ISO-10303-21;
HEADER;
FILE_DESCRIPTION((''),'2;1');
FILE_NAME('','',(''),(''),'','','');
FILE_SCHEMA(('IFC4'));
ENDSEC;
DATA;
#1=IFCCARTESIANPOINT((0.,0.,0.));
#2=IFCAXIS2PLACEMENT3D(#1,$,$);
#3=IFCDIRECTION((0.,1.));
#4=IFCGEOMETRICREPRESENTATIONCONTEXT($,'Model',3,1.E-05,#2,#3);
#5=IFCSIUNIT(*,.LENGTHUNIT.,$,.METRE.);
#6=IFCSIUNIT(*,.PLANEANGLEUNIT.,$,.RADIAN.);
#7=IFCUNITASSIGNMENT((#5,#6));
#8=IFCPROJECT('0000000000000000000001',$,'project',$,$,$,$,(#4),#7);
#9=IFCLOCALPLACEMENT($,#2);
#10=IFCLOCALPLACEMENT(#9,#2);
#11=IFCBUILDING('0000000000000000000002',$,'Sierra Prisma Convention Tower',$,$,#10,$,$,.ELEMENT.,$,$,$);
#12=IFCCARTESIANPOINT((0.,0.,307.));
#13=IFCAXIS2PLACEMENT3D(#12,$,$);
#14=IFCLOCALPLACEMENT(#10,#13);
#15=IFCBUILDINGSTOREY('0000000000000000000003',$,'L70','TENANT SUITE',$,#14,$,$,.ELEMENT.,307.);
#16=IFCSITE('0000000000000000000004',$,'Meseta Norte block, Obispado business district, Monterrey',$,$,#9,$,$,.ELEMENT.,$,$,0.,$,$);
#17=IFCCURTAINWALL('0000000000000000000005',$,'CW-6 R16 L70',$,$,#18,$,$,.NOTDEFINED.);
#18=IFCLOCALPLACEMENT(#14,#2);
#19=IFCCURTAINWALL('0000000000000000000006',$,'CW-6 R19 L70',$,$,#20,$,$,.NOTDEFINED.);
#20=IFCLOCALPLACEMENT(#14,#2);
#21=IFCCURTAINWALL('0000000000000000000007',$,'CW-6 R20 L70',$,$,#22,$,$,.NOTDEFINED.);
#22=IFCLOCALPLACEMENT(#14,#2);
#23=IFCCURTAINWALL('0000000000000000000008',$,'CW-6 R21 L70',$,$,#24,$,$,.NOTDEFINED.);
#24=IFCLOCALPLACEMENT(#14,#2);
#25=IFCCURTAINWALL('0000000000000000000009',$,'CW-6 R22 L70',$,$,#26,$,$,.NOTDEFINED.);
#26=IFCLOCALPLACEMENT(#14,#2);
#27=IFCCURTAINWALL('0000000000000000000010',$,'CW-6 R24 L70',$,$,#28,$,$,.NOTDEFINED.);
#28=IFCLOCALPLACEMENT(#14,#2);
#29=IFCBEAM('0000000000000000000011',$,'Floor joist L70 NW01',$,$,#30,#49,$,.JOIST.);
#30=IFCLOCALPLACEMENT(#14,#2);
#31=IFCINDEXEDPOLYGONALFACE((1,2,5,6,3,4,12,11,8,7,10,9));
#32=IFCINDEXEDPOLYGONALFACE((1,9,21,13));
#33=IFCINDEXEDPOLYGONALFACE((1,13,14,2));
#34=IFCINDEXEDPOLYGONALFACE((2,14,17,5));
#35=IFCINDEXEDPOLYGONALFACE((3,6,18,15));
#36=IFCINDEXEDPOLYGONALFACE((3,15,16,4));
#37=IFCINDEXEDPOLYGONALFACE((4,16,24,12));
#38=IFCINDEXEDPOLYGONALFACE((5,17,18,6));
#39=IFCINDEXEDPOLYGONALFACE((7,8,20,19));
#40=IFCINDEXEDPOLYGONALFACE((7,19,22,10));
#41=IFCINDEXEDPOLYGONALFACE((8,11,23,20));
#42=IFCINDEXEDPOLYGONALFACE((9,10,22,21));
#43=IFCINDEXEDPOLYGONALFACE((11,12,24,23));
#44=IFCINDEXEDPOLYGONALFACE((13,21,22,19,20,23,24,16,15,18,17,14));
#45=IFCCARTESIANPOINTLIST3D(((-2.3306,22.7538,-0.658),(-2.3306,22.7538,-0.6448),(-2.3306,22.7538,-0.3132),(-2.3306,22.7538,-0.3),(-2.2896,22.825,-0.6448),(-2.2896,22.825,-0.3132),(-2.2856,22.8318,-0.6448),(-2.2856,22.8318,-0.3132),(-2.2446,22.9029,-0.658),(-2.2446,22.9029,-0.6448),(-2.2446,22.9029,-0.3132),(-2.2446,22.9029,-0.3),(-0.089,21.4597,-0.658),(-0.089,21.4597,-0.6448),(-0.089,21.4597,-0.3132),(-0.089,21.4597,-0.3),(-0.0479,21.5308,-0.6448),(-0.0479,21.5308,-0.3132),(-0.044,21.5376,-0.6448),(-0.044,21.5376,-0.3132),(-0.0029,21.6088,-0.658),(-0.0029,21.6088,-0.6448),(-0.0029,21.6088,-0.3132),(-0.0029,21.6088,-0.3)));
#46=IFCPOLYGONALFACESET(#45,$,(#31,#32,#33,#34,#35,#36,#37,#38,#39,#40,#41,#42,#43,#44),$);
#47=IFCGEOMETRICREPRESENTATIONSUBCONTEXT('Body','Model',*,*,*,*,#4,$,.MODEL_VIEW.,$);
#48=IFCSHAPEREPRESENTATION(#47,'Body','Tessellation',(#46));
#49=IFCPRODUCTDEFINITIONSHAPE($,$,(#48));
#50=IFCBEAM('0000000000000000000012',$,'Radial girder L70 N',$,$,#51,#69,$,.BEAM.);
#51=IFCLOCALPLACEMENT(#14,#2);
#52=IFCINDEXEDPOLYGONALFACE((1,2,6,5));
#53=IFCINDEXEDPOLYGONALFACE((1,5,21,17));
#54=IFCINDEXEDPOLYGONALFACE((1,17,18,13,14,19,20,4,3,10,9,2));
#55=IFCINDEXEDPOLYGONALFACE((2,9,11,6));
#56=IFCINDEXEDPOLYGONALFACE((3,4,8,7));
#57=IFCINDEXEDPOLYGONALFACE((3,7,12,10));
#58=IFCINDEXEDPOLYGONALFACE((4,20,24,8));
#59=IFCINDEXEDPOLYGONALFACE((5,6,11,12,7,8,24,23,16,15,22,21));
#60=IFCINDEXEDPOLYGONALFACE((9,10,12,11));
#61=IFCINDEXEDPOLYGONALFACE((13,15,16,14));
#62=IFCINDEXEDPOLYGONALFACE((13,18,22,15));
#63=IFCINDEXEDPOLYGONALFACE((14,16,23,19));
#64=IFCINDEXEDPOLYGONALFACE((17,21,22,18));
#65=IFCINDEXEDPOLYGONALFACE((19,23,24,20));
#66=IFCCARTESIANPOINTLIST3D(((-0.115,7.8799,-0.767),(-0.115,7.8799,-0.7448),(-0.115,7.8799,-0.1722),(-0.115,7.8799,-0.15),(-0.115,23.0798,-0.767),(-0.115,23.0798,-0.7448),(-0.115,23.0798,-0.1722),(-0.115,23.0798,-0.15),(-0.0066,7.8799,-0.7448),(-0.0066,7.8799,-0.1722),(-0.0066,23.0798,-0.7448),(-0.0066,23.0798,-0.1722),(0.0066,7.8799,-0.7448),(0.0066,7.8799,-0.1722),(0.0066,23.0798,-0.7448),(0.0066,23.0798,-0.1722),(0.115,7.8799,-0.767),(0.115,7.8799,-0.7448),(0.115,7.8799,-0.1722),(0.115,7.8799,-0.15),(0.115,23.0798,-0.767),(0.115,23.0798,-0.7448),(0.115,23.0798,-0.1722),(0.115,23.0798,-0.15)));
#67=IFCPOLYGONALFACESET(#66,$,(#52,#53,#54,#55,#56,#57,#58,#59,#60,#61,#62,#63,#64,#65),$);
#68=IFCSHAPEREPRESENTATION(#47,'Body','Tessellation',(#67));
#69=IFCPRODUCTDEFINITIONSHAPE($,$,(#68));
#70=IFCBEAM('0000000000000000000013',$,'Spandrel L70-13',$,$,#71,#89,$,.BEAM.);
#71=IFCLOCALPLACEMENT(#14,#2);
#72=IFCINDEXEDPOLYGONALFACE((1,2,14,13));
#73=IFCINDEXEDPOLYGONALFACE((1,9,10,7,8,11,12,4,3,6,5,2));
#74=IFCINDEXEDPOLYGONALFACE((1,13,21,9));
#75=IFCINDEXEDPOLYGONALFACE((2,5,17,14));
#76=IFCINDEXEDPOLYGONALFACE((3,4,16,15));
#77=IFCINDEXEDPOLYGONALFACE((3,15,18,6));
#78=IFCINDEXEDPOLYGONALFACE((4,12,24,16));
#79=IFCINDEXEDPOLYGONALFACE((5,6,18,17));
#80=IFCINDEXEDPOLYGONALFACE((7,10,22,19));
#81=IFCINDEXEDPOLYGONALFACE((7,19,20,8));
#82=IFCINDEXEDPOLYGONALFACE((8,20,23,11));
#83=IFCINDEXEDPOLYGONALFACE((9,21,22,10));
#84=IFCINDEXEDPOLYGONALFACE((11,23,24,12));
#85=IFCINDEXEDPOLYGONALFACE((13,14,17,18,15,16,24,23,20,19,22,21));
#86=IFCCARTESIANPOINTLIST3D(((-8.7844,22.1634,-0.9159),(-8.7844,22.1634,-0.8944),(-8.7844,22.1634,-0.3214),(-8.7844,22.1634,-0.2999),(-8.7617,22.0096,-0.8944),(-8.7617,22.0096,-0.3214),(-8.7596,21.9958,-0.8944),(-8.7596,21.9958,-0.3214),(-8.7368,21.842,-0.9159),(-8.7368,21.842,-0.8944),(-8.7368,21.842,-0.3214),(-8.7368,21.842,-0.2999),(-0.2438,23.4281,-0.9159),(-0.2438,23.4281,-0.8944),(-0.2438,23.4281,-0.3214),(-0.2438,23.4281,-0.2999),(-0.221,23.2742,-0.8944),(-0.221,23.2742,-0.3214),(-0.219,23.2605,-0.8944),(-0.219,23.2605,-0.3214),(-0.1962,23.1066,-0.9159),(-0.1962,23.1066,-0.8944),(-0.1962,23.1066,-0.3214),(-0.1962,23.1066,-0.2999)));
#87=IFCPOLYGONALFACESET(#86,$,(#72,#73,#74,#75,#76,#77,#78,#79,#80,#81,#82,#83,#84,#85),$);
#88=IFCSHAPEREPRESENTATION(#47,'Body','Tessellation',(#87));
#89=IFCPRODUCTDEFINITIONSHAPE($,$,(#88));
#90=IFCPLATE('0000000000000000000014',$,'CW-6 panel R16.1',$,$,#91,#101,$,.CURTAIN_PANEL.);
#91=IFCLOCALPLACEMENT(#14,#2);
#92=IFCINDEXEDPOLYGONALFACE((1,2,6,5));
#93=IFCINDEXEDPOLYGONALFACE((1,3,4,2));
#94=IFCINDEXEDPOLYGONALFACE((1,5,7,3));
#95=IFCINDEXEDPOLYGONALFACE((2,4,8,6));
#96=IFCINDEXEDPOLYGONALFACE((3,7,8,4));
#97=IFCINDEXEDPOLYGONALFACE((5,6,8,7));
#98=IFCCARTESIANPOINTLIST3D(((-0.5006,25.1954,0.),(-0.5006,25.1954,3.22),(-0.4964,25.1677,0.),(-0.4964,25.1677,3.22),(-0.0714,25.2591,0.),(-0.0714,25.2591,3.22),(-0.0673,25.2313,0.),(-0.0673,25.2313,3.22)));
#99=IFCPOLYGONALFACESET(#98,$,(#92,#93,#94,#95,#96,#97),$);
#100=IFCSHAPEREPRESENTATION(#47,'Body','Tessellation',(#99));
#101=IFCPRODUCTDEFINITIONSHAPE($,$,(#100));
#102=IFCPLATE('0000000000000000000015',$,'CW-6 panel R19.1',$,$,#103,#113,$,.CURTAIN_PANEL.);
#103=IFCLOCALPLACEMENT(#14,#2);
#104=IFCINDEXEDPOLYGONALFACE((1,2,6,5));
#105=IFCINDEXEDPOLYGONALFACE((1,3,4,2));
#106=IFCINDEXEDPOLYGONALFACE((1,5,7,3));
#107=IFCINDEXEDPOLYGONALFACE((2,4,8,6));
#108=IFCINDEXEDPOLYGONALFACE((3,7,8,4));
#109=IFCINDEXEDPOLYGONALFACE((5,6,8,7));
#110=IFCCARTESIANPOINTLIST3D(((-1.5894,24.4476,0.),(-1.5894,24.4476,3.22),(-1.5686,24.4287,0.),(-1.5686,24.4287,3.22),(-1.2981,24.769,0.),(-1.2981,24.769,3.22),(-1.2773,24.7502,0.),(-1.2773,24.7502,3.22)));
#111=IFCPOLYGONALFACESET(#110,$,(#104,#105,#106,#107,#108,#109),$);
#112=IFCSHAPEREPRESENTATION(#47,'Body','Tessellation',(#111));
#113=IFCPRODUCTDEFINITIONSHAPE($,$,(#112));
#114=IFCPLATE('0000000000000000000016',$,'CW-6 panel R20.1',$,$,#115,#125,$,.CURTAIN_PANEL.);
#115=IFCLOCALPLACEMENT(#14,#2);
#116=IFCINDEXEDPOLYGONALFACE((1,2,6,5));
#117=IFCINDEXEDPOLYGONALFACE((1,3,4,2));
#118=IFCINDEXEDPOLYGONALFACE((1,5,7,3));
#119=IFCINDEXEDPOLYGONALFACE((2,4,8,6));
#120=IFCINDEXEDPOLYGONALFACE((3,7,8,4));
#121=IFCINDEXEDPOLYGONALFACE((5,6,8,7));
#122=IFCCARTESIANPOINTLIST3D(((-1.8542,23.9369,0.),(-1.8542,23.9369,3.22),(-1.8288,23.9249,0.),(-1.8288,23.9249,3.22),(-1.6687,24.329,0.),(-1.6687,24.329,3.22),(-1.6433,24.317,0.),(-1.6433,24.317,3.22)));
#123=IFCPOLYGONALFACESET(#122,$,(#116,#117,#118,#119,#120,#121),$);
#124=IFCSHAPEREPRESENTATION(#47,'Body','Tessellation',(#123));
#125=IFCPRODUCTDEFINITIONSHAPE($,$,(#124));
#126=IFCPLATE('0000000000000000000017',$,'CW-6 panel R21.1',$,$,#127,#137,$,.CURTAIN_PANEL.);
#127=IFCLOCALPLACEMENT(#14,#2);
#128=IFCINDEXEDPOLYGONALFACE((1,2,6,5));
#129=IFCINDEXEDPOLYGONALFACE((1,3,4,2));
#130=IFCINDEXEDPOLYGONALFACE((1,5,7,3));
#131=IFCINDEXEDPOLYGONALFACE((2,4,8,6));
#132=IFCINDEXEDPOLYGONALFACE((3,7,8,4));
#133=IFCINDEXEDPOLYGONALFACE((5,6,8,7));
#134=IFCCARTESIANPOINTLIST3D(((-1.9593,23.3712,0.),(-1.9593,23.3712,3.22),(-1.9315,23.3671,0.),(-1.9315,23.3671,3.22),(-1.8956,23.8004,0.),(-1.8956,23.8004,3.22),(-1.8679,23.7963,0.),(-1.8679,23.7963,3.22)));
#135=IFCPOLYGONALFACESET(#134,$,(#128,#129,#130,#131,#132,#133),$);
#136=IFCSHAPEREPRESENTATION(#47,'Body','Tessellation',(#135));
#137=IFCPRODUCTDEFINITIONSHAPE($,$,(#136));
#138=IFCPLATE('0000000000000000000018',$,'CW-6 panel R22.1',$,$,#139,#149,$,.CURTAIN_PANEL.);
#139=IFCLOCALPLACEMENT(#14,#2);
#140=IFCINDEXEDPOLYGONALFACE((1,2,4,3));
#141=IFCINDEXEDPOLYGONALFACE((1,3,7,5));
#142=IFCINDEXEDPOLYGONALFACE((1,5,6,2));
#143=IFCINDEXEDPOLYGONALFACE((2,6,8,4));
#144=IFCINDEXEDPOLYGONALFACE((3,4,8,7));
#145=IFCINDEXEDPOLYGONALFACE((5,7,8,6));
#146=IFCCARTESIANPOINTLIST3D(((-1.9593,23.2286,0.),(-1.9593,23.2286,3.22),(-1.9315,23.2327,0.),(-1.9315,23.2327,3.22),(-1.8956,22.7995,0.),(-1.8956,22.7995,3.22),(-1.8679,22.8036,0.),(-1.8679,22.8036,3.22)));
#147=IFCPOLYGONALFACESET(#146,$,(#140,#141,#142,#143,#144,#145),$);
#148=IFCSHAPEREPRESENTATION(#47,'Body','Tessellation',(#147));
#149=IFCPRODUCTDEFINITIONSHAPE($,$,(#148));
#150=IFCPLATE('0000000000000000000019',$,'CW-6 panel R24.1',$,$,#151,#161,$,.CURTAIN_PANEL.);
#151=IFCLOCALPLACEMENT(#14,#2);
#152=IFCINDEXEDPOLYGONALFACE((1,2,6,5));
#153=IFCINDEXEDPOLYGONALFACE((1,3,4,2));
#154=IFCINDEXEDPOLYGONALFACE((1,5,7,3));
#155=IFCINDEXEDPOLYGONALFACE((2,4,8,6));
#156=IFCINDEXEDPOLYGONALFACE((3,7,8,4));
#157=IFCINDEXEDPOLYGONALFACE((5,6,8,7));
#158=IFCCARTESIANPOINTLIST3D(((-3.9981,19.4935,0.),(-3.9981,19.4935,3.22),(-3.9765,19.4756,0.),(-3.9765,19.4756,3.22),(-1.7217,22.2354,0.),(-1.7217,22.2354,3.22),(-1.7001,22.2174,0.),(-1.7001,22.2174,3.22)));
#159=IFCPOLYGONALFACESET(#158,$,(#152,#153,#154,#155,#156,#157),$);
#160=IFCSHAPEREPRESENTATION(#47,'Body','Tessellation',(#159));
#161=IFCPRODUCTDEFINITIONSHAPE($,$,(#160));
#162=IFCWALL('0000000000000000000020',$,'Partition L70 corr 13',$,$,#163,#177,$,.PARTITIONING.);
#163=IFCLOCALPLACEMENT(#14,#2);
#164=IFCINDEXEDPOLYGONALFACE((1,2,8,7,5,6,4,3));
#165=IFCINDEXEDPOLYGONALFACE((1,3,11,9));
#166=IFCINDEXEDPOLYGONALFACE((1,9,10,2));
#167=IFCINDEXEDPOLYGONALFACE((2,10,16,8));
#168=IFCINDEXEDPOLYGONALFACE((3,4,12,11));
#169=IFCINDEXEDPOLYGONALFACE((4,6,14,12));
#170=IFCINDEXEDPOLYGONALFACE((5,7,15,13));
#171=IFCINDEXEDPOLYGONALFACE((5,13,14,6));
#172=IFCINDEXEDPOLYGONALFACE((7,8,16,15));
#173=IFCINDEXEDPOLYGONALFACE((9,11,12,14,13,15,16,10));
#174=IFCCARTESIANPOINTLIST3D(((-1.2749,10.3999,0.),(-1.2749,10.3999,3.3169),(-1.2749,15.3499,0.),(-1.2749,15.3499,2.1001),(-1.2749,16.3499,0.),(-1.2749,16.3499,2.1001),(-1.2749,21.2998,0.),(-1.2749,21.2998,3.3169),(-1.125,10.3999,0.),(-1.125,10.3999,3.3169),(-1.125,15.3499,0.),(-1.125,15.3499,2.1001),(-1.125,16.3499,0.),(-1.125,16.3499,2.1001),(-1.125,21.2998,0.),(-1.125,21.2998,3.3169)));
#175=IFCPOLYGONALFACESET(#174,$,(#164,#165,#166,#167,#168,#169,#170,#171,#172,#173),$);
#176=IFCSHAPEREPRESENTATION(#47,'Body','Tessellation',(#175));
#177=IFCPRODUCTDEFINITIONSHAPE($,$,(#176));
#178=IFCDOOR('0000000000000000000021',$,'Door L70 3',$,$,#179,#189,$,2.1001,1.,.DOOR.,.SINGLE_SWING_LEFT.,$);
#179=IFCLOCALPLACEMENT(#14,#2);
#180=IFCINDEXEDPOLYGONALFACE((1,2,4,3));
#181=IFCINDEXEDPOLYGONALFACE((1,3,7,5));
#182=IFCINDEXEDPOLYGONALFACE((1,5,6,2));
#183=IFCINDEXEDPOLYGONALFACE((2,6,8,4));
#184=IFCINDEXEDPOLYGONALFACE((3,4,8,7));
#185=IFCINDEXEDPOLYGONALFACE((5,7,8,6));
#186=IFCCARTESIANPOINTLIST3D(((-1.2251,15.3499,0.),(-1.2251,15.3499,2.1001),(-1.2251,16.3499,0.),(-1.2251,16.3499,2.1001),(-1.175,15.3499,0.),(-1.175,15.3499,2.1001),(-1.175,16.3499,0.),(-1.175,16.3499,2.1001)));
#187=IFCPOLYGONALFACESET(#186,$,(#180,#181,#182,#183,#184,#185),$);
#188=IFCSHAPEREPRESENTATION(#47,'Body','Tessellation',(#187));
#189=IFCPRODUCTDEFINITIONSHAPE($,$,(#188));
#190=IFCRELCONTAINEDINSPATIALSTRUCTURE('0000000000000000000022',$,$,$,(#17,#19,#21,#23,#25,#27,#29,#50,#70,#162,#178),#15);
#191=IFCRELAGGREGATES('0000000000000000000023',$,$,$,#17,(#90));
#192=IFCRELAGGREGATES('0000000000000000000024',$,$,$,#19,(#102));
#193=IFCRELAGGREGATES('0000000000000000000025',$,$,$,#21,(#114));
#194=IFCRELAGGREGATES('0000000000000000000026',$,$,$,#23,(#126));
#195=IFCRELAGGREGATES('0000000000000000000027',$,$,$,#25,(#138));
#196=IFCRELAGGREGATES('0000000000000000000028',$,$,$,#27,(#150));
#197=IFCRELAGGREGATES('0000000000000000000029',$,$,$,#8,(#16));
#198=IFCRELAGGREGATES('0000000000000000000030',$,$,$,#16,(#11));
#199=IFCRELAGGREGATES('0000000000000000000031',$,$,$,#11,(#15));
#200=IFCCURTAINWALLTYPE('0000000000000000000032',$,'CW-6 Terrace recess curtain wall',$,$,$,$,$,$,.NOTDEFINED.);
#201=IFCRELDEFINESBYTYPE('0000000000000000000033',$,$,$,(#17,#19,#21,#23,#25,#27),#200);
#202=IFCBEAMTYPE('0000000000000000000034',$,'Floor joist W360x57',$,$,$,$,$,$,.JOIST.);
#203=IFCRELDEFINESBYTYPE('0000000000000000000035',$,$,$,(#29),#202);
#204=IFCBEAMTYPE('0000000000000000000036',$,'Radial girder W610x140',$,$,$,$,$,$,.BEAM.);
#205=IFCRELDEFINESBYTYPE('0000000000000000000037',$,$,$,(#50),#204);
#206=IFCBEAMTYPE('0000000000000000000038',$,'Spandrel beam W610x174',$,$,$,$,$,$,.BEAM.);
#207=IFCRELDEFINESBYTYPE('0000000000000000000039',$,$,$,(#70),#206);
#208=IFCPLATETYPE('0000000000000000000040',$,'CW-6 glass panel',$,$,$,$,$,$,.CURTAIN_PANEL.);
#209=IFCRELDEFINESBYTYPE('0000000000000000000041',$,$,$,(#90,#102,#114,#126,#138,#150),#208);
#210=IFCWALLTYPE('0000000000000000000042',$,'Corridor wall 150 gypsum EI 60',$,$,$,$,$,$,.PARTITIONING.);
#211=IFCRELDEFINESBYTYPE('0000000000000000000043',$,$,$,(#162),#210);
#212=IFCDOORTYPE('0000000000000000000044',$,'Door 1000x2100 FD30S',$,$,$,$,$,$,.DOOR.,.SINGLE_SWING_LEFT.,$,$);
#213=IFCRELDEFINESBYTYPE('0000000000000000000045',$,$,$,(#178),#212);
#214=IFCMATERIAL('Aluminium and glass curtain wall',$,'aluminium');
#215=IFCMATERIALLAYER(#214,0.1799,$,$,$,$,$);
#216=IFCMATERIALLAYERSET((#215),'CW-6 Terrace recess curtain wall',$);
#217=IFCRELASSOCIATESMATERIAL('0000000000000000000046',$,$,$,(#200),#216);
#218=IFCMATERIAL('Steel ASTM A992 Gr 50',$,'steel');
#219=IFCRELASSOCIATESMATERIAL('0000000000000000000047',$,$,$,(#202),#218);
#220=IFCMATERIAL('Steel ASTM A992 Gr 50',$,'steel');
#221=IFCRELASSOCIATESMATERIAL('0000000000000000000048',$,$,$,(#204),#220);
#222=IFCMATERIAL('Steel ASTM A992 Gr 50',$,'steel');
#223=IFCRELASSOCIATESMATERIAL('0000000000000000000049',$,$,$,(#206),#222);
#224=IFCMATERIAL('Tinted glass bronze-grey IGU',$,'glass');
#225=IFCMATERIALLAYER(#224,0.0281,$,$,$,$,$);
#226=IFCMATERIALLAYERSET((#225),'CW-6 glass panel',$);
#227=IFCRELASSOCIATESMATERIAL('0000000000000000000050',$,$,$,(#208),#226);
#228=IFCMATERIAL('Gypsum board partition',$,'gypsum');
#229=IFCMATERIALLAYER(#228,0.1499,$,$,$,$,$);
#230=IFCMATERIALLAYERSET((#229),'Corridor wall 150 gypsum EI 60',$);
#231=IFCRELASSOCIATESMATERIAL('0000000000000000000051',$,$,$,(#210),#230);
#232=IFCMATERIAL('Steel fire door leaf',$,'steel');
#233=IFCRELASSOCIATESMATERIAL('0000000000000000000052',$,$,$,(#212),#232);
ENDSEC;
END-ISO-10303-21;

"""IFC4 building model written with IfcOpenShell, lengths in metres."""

from ifc_helpers import new_model, si_unit, direction, frame, frame_2d, origin, origin_2d, place, context, subcontext, project, spatial, rectangle, i_section, extrude, material, layer, layer_set, material_profile, profile_set, type_object, element, fill, aggregate, save


model = new_model("IFC4")

# Units and contexts
model_context = context("Model", 3, precision=1e-05, world=origin(), true_north=direction((0.0, 1.0)))
body_context = subcontext(model_context, "Body", "Model", "MODEL_VIEW")
ifc_project = project(units=[si_unit("LENGTHUNIT", "METRE"), si_unit("PLANEANGLEUNIT", "RADIAN")], contexts=[model_context])

# Site, building, storey
site_placement = place(None, origin())
site = spatial("IfcSite", under=ifc_project, at=site_placement, Name="Meseta Norte block, Obispado business district, Monterrey", CompositionType="ELEMENT", RefElevation=0.0)
building_placement = place(site_placement, origin())
building = spatial("IfcBuilding", under=site, at=building_placement, Name="Sierra Prisma Convention Tower", CompositionType="ELEMENT")
storey_placement = place(building_placement, frame((0.0, 0.0, 307.0)))
storey = spatial("IfcBuildingStorey", under=building, at=storey_placement, Name="L70", Description="TENANT SUITE", CompositionType="ELEMENT", Elevation=307.0)

# Curtain walls
ifc_material_1 = material(Name="Aluminium and glass curtain wall", Category="aluminium")
ifc_layer_1 = layer(ifc_material_1, 0.1799)
ifc_layer_set_1 = layer_set([ifc_layer_1], Name="CW-6 Terrace recess curtain wall")
curtain_wall_type = type_object("IfcCurtainWallType", Name="CW-6 Terrace recess curtain wall", PredefinedType="NOTDEFINED", material=ifc_layer_set_1)
curtain_wall_1_placement = place(storey_placement, origin())
curtain_wall_1 = element("IfcCurtainWall", 1, at=curtain_wall_1_placement, inside=storey, type_object=curtain_wall_type, Name="CW-6 R16 L70", PredefinedType="NOTDEFINED")
curtain_wall_2_placement = place(storey_placement, origin())
curtain_wall_2 = element("IfcCurtainWall", 2, at=curtain_wall_2_placement, inside=storey, type_object=curtain_wall_type, Name="CW-6 R19 L70", PredefinedType="NOTDEFINED")
curtain_wall_3_placement = place(storey_placement, origin())
curtain_wall_3 = element("IfcCurtainWall", 3, at=curtain_wall_3_placement, inside=storey, type_object=curtain_wall_type, Name="CW-6 R20 L70", PredefinedType="NOTDEFINED")
curtain_wall_4_placement = place(storey_placement, origin())
curtain_wall_4 = element("IfcCurtainWall", 4, at=curtain_wall_4_placement, inside=storey, type_object=curtain_wall_type, Name="CW-6 R21 L70", PredefinedType="NOTDEFINED")
curtain_wall_5_placement = place(storey_placement, origin())
curtain_wall_5 = element("IfcCurtainWall", 5, at=curtain_wall_5_placement, inside=storey, type_object=curtain_wall_type, Name="CW-6 R22 L70", PredefinedType="NOTDEFINED")
curtain_wall_6_placement = place(storey_placement, origin())
curtain_wall_6 = element("IfcCurtainWall", 6, at=curtain_wall_6_placement, inside=storey, type_object=curtain_wall_type, Name="CW-6 R24 L70", PredefinedType="NOTDEFINED")

# Beams
ifc_material_2 = material(Name="Steel ASTM A992 Gr 50", Category="steel")
ifc_material_profile_1 = material_profile(ifc_material_2, i_section(OverallWidth=0.1721, OverallDepth=0.3579, WebThickness=0.0078, FlangeThickness=0.0132, at=origin_2d()), Name="W360x57")
ifc_profile_set_1 = profile_set([ifc_material_profile_1], Name="Steel ASTM A992 Gr 50")
beam_type_1 = type_object("IfcBeamType", Name="Floor joist W360x57", PredefinedType="JOIST", material=ifc_profile_set_1)
beam_1_placement = place(storey_placement, frame((-2.2876, 22.8284, -0.479), z_axis=(0.866035, -0.499984, 0.0), x_axis=(0.499984, 0.866035, 0.0)))
element("IfcBeam", 7, at=beam_1_placement, inside=storey, type_object=beam_type_1, Name="Floor joist L70 NW01", PredefinedType="JOIST", context=body_context, shape_type="SweptSolid", body=[
    extrude(i_section(OverallWidth=0.1721, OverallDepth=0.3579, WebThickness=0.0078, FlangeThickness=0.0132, at=origin_2d()), origin(), (0.0, 0.0, 1.0), 2.5884),
])
ifc_material_3 = material(Name="Steel ASTM A992 Gr 50", Category="steel")
ifc_material_profile_2 = material_profile(ifc_material_3, i_section(OverallWidth=0.23, OverallDepth=0.6169, WebThickness=0.0132, FlangeThickness=0.0222, at=origin_2d()), Name="W610x140")
ifc_profile_set_2 = profile_set([ifc_material_profile_2], Name="Steel ASTM A992 Gr 50")
beam_type_2 = type_object("IfcBeamType", Name="Radial girder W610x140", PredefinedType="BEAM", material=ifc_profile_set_2)
beam_2_placement = place(storey_placement, frame((0.0, 23.0798, -0.4585), z_axis=(0.0, -1.0, 0.0), x_axis=(1.0, 0.0, 0.0)))
element("IfcBeam", 8, at=beam_2_placement, inside=storey, type_object=beam_type_2, Name="Radial girder L70 N", PredefinedType="BEAM", context=body_context, shape_type="SweptSolid", body=[
    extrude(i_section(OverallWidth=0.23, OverallDepth=0.6169, WebThickness=0.0132, FlangeThickness=0.0222, at=origin_2d()), origin(), (0.0, 0.0, 1.0), 15.2),
])
ifc_material_4 = material(Name="Steel ASTM A992 Gr 50", Category="steel")
ifc_material_profile_3 = material_profile(ifc_material_4, i_section(OverallWidth=0.325, OverallDepth=0.616, WebThickness=0.0139, FlangeThickness=0.0215, at=origin_2d()), Name="W610x174")
ifc_profile_set_3 = profile_set([ifc_material_profile_3], Name="Steel ASTM A992 Gr 50")
beam_type_3 = type_object("IfcBeamType", Name="Spandrel beam W610x174", PredefinedType="BEAM", material=ifc_profile_set_3)
beam_3_placement = place(storey_placement, frame((-0.22, 23.2673, -0.6079), z_axis=(-0.989214, -0.146475, 0.0), x_axis=(0.146475, -0.989214, 0.0)))
element("IfcBeam", 9, at=beam_3_placement, inside=storey, type_object=beam_type_3, Name="Spandrel L70-13", PredefinedType="BEAM", context=body_context, shape_type="SweptSolid", body=[
    extrude(i_section(OverallWidth=0.325, OverallDepth=0.616, WebThickness=0.0139, FlangeThickness=0.0215, at=origin_2d()), origin(), (0.0, 0.0, 1.0), 8.6338),
])

# Plates
ifc_material_5 = material(Name="Tinted glass bronze-grey IGU", Category="glass")
ifc_layer_2 = layer(ifc_material_5, 0.0281)
ifc_layer_set_2 = layer_set([ifc_layer_2], Name="CW-6 glass panel")
plate_type = type_object("IfcPlateType", Name="CW-6 glass panel", PredefinedType="CURTAIN_PANEL", material=ifc_layer_set_2)
plate_1_placement = place(storey_placement, frame((-0.2839, 25.2134, 0.0), z_axis=(0.0, 0.0, 1.0), x_axis=(-0.989177, -0.14673, 0.0)))
plate_1 = element("IfcPlate", 10, at=plate_1_placement, type_object=plate_type, Name="CW-6 panel R16.1", PredefinedType="CURTAIN_PANEL", context=body_context, shape_type="SweptSolid", body=[
    extrude(rectangle(XDim=0.4338, YDim=0.0281, at=origin_2d()), origin(), (0.0, 0.0, 1.0), 3.22),
])
aggregate(curtain_wall_1, [plate_1])
plate_2_placement = place(storey_placement, frame((-1.4333, 24.5989, 0.0), z_axis=(0.0, 0.0, 1.0), x_axis=(-0.671559, -0.740951, 0.0)))
plate_2 = element("IfcPlate", 11, at=plate_2_placement, type_object=plate_type, Name="CW-6 panel R19.1", PredefinedType="CURTAIN_PANEL", context=body_context, shape_type="SweptSolid", body=[
    extrude(rectangle(XDim=0.4338, YDim=0.0281, at=origin_2d()), origin(), (0.0, 0.0, 1.0), 3.22),
])
aggregate(curtain_wall_2, [plate_2])
plate_3_placement = place(storey_placement, frame((-1.7488, 24.127, 0.0), z_axis=(0.0, 0.0, 1.0), x_axis=(-0.427555, -0.903989, 0.0)))
plate_3 = element("IfcPlate", 12, at=plate_3_placement, type_object=plate_type, Name="CW-6 panel R20.1", PredefinedType="CURTAIN_PANEL", context=body_context, shape_type="SweptSolid", body=[
    extrude(rectangle(XDim=0.4338, YDim=0.0281, at=origin_2d()), origin(), (0.0, 0.0, 1.0), 3.22),
])
aggregate(curtain_wall_3, [plate_3])
plate_4_placement = place(storey_placement, frame((-1.9136, 23.5837, 0.0), z_axis=(0.0, 0.0, 1.0), x_axis=(-0.14673, -0.989177, 0.0)))
plate_4 = element("IfcPlate", 13, at=plate_4_placement, type_object=plate_type, Name="CW-6 panel R21.1", PredefinedType="CURTAIN_PANEL", context=body_context, shape_type="SweptSolid", body=[
    extrude(rectangle(XDim=0.4338, YDim=0.0281, at=origin_2d()), origin(), (0.0, 0.0, 1.0), 3.22),
])
aggregate(curtain_wall_4, [plate_4])
plate_5_placement = place(storey_placement, frame((-1.9136, 23.0161, 0.0), z_axis=(0.0, 0.0, 1.0), x_axis=(0.14673, -0.989177, 0.0)))
plate_5 = element("IfcPlate", 14, at=plate_5_placement, type_object=plate_type, Name="CW-6 panel R22.1", PredefinedType="CURTAIN_PANEL", context=body_context, shape_type="SweptSolid", body=[
    extrude(rectangle(XDim=0.4338, YDim=0.0281, at=origin_2d()), origin(), (0.0, 0.0, 1.0), 3.22),
])
aggregate(curtain_wall_5, [plate_5])
plate_6_placement = place(storey_placement, frame((-2.8491, 20.8555, 0.0), z_axis=(0.0, 0.0, 1.0), x_axis=(-0.638784, -0.769386, 0.0)))
plate_6 = element("IfcPlate", 15, at=plate_6_placement, type_object=plate_type, Name="CW-6 panel R24.1", PredefinedType="CURTAIN_PANEL", context=body_context, shape_type="SweptSolid", body=[
    extrude(rectangle(XDim=3.5637, YDim=0.0281, at=origin_2d()), origin(), (0.0, 0.0, 1.0), 3.22),
])
aggregate(curtain_wall_6, [plate_6])

# Wall, opening, door
ifc_material_6 = material(Name="Gypsum board partition", Category="gypsum")
ifc_layer_3 = layer(ifc_material_6, 0.1499)
ifc_layer_set_3 = layer_set([ifc_layer_3], Name="Corridor wall 150 gypsum EI 60")
wall_type = type_object("IfcWallType", Name="Corridor wall 150 gypsum EI 60", PredefinedType="PARTITIONING", material=ifc_layer_set_3)
wall_1_placement = place(storey_placement, frame((-1.2, 21.2998, 0.0), z_axis=(0.0, 0.0, 1.0), x_axis=(0.0, -1.0, 0.0)))
wall_1 = element("IfcWall", 16, at=wall_1_placement, inside=storey, type_object=wall_type, Name="Partition L70 corr 13", PredefinedType="PARTITIONING", context=body_context, shape_type="SweptSolid", body=[
    extrude(rectangle(XDim=10.8999, YDim=0.1499, at=frame_2d((5.45, 0.0))), origin(), (0.0, 0.0, 1.0), 3.3169),
])
opening_placement = place(wall_1_placement, frame((4.95, 0.0, 0.0)))
opening = element("IfcOpeningElement", 17, at=opening_placement, cuts=wall_1, PredefinedType="OPENING", context=body_context, shape_type="SweptSolid", body=[
    extrude(rectangle(XDim=1.0, YDim=2.1001, at=frame_2d((0.5, 1.05))), frame((0.0, 0.075, 0.0), z_axis=(0.0, -1.0, 0.0), x_axis=(1.0, 0.0, 0.0)), (0.0, 0.0, 1.0), 0.1499),
])
ifc_material_7 = material(Name="Steel fire door leaf", Category="steel")
door_type = type_object("IfcDoorType", Name="Door 1000x2100 FD30S", OperationType="SINGLE_SWING_LEFT", PredefinedType="DOOR", material=ifc_material_7)
door_placement = place(opening_placement, origin())
door = element("IfcDoor", 18, at=door_placement, inside=storey, type_object=door_type, Name="Door L70 3", OperationType="SINGLE_SWING_LEFT", OverallHeight=2.1001, OverallWidth=1.0, PredefinedType="DOOR", context=body_context, shape_type="SweptSolid", body=[
    extrude(rectangle(XDim=1.0, YDim=2.1001, at=frame_2d((0.5, 1.05))), frame((0.0, 0.0249, 0.0), z_axis=(0.0, -1.0, 0.0), x_axis=(1.0, 0.0, 0.0)), (0.0, 0.0, 1.0), 0.05),
])
fill(opening, door)

save(model, "model.ifc")
